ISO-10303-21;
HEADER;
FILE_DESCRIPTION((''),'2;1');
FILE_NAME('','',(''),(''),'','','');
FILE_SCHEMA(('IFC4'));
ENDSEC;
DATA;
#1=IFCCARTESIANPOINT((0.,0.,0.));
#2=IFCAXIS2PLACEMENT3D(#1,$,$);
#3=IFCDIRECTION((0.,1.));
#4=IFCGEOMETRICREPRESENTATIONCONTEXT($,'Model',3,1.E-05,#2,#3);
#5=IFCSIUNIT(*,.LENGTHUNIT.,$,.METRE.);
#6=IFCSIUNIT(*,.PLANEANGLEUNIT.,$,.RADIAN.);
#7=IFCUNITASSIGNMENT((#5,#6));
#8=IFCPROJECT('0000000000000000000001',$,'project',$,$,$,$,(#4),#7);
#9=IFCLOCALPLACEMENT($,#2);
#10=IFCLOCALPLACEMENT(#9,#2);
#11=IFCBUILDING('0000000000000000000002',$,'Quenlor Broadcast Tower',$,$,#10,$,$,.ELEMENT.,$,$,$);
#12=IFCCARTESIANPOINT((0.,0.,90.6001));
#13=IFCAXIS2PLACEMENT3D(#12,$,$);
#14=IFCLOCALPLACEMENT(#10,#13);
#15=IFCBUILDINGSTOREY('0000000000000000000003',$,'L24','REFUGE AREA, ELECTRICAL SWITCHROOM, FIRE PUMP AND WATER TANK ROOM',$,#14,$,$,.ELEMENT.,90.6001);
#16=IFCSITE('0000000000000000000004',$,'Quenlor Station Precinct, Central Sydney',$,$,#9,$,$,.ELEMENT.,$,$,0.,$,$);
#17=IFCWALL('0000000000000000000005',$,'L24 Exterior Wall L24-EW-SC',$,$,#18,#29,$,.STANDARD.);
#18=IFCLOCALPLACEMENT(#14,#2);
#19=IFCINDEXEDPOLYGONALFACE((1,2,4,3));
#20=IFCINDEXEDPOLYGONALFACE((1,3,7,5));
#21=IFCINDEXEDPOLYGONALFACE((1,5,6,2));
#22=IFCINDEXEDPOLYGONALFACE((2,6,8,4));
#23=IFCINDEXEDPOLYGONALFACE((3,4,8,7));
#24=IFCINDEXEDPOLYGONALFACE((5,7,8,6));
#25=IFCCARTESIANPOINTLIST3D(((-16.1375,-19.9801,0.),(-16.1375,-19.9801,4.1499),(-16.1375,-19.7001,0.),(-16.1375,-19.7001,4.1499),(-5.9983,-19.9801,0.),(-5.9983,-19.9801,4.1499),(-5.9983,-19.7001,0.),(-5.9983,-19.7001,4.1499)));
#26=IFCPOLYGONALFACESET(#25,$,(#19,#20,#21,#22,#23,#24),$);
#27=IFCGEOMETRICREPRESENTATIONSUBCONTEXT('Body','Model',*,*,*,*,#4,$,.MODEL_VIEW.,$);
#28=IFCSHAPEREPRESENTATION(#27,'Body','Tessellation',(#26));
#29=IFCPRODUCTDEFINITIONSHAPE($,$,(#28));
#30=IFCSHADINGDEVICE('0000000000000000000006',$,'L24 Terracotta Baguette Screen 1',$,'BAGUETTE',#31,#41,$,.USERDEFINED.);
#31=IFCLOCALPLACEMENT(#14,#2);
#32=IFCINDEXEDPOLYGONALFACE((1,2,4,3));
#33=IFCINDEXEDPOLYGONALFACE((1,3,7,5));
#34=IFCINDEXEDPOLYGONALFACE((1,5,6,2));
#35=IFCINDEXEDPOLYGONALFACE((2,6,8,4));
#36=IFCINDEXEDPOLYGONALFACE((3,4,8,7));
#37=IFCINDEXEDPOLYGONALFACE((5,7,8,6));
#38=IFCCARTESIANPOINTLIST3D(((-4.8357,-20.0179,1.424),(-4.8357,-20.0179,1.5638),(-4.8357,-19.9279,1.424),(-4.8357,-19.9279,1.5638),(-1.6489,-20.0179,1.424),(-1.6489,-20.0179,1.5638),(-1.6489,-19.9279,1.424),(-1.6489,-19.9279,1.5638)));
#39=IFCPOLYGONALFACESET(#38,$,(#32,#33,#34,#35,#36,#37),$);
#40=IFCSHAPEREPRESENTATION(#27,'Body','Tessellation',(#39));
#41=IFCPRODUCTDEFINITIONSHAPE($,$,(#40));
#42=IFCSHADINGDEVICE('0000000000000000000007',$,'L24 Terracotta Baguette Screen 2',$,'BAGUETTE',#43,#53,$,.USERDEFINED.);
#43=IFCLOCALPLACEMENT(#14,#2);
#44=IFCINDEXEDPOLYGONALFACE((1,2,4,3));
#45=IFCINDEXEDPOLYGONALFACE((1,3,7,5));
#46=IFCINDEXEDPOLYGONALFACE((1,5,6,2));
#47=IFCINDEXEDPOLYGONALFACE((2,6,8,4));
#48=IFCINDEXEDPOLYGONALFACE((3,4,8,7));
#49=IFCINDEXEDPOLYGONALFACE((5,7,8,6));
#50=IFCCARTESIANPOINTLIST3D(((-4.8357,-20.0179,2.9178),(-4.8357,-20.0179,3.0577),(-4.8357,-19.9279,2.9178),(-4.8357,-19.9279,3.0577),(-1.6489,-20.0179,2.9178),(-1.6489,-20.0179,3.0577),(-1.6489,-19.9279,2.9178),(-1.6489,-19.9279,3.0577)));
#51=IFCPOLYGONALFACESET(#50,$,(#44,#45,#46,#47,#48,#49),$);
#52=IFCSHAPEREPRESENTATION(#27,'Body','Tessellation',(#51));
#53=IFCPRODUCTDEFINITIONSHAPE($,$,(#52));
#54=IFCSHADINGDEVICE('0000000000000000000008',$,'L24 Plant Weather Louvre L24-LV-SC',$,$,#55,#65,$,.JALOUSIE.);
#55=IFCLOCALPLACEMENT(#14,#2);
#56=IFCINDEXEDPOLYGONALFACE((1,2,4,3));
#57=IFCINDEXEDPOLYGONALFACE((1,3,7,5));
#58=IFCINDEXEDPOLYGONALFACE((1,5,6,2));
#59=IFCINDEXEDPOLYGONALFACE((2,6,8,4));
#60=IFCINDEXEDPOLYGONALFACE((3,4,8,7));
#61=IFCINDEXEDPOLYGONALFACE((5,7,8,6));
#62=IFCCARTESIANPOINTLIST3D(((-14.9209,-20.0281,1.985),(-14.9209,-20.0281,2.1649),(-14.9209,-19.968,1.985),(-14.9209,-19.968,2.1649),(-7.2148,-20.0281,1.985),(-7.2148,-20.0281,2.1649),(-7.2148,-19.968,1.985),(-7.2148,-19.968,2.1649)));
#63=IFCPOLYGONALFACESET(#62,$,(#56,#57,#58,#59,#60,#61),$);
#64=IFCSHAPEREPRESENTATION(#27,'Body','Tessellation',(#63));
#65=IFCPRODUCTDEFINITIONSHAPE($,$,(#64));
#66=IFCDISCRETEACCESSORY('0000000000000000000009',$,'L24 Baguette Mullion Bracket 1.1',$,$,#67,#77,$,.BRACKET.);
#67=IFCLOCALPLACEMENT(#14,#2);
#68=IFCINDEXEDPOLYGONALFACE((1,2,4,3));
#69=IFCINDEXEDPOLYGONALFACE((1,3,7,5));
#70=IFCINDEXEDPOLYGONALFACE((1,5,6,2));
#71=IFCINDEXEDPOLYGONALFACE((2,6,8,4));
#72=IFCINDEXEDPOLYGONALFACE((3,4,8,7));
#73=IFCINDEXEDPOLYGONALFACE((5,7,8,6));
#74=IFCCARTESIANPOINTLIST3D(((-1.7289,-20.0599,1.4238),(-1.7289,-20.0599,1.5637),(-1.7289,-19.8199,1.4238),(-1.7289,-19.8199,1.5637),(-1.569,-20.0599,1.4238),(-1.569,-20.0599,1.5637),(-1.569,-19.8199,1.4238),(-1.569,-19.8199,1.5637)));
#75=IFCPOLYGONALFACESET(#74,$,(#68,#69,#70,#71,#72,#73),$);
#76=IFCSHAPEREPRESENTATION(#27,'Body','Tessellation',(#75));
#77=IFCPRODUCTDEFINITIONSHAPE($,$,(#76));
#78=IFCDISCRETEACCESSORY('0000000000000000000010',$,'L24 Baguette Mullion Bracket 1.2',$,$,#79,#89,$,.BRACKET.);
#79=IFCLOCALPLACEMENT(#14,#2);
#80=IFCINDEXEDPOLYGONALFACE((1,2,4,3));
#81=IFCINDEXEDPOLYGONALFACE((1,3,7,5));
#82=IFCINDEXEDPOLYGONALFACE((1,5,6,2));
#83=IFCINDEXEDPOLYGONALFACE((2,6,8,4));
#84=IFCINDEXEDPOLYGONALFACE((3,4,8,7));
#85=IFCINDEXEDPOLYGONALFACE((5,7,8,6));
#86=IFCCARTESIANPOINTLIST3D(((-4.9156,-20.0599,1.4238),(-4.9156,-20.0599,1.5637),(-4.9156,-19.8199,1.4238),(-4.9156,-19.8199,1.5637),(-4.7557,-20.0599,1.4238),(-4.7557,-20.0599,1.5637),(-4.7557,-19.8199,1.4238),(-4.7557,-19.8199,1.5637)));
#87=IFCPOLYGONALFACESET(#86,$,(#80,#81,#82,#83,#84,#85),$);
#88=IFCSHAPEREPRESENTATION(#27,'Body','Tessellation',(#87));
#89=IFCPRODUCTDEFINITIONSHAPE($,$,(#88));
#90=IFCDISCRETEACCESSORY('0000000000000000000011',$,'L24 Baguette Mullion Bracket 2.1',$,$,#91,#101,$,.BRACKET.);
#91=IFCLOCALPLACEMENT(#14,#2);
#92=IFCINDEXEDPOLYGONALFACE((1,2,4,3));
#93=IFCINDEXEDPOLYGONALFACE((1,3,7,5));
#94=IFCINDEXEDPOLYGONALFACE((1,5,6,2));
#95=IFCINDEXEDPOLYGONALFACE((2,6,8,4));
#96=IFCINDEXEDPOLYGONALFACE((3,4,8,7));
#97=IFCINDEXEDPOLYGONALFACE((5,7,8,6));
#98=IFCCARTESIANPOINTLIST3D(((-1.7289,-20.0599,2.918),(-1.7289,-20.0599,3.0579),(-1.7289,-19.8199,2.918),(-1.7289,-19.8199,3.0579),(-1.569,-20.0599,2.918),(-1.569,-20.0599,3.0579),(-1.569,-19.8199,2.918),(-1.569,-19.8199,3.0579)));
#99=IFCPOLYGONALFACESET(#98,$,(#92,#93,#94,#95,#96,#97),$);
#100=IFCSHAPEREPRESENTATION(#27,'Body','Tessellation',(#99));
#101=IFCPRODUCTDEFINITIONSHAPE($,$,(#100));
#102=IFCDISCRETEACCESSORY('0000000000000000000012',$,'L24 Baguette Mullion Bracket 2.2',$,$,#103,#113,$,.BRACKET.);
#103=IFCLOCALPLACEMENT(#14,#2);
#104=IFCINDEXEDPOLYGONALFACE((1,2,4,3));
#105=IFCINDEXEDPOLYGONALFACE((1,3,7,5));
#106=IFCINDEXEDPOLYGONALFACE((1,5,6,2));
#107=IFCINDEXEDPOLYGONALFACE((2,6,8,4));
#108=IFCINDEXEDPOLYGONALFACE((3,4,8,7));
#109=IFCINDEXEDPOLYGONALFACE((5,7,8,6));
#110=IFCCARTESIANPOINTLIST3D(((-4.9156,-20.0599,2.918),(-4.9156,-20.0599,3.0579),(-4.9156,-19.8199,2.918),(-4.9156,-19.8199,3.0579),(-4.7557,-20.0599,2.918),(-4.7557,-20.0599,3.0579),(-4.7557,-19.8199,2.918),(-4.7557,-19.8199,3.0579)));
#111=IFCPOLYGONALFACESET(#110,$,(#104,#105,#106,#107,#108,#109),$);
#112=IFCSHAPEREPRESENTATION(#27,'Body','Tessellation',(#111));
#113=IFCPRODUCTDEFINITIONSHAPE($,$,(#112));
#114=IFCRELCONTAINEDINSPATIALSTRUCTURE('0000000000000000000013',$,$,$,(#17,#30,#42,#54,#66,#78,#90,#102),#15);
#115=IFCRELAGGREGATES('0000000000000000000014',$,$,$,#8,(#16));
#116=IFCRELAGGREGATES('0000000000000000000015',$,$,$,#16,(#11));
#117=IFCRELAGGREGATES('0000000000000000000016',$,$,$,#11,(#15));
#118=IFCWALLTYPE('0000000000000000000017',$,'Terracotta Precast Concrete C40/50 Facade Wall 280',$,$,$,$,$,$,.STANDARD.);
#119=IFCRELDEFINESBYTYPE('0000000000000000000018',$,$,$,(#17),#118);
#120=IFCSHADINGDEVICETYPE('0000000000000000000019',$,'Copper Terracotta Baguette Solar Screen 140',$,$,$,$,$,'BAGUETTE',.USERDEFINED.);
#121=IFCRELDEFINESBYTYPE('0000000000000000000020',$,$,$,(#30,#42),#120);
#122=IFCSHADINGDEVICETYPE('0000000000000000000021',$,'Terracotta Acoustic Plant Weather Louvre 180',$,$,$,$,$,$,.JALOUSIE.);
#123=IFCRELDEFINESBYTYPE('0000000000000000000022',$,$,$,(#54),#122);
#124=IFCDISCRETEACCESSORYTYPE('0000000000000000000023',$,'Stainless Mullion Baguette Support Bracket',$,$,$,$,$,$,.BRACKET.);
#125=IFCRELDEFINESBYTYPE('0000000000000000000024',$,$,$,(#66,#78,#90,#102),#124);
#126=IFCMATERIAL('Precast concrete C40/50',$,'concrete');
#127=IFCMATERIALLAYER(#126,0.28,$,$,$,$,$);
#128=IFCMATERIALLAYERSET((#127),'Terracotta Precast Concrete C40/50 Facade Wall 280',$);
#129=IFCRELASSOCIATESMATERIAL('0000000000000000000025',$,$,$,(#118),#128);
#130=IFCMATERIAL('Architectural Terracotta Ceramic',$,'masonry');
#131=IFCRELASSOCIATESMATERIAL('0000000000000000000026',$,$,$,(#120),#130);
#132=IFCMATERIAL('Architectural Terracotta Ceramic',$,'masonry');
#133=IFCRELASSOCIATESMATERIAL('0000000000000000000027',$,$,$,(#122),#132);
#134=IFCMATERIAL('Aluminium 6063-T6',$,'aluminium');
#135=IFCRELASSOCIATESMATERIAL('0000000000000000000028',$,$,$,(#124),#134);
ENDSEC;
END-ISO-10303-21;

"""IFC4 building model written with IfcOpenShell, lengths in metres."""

from ifc_helpers import new_model, si_unit, direction, frame, frame_2d, origin, origin_2d, place, context, subcontext, project, spatial, rectangle, extrude, material, layer, layer_set, material_profile, profile_set, type_object, element, save


model = new_model("IFC4")

# Units and contexts
model_context = context("Model", 3, precision=1e-05, world=origin(), true_north=direction((0.0, 1.0)))
body_context = subcontext(model_context, "Body", "Model", "MODEL_VIEW")
ifc_project = project(units=[si_unit("LENGTHUNIT", "METRE"), si_unit("PLANEANGLEUNIT", "RADIAN")], contexts=[model_context])

# Site, building, storey
site_placement = place(None, origin())
site = spatial("IfcSite", under=ifc_project, at=site_placement, Name="Quenlor Station Precinct, Central Sydney", CompositionType="ELEMENT", RefElevation=0.0)
building_placement = place(site_placement, origin())
building = spatial("IfcBuilding", under=site, at=building_placement, Name="Quenlor Broadcast Tower", CompositionType="ELEMENT")
storey_placement = place(building_placement, frame((0.0, 0.0, 90.6001)))
storey = spatial("IfcBuildingStorey", under=building, at=storey_placement, Name="L24", Description="REFUGE AREA, ELECTRICAL SWITCHROOM, FIRE PUMP AND WATER TANK ROOM", CompositionType="ELEMENT", Elevation=90.6001)

# Wall
ifc_material_1 = material(Name="Precast concrete C40/50", Category="concrete")
ifc_layer_1 = layer(ifc_material_1, 0.28)
ifc_layer_set_1 = layer_set([ifc_layer_1], Name="Terracotta Precast Concrete C40/50 Facade Wall 280")
wall_type = type_object("IfcWallType", Name="Terracotta Precast Concrete C40/50 Facade Wall 280", PredefinedType="STANDARD", material=ifc_layer_set_1)
wall_placement = place(storey_placement, frame((-5.9983, -19.8401, 0.0), z_axis=(0.0, 0.0, 1.0), x_axis=(-1.0, 0.0, 0.0)))
element("IfcWall", 1, at=wall_placement, inside=storey, type_object=wall_type, Name="L24 Exterior Wall L24-EW-SC", PredefinedType="STANDARD", context=body_context, shape_type="SweptSolid", body=[
    extrude(rectangle(XDim=10.1392, YDim=0.28, at=frame_2d((5.0696, 0.0))), origin(), (0.0, 0.0, 1.0), 4.1499),
])

# Shading devices
ifc_material_2 = material(Name="Architectural Terracotta Ceramic", Category="masonry")
ifc_material_profile_1 = material_profile(ifc_material_2, rectangle(XDim=0.0901, YDim=0.1399, at=origin_2d()))
ifc_profile_set_1 = profile_set([ifc_material_profile_1], Name="Architectural Terracotta Ceramic BAG90x140")
shading_device_type_1 = type_object("IfcShadingDeviceType", Name="Copper Terracotta Baguette Solar Screen 140", ElementType="BAGUETTE", PredefinedType="USERDEFINED", material=ifc_profile_set_1)
for number, where, z_axis, x_axis, name in (
    (2, (-1.6489, -19.9729, 1.4939), (-1.0, 0.0, 0.0), (0.0, -1.0, 0.0), "L24 Terracotta Baguette Screen 1"),
    (3, (-1.6489, -19.9729, 2.9878), (-1.0, 0.0, 0.0), (0.0, -1.0, 0.0), "L24 Terracotta Baguette Screen 2"),
):
    element("IfcShadingDevice", number, at=place(storey_placement, frame(where, z_axis=z_axis, x_axis=x_axis)), inside=storey, type_object=shading_device_type_1, Name=name, ObjectType="BAGUETTE", PredefinedType="USERDEFINED", context=body_context, shape_type="SweptSolid", body=[
        extrude(rectangle(XDim=0.0901, YDim=0.1399, at=origin_2d()), origin(), (0.0, 0.0, 1.0), 3.1868),
    ])
ifc_material_3 = material(Name="Architectural Terracotta Ceramic", Category="masonry")
ifc_material_profile_2 = material_profile(ifc_material_3, rectangle(XDim=0.0601, YDim=0.1799, at=origin_2d()))
ifc_profile_set_2 = profile_set([ifc_material_profile_2], Name="Architectural Terracotta Ceramic LVR60x180")
shading_device_type_2 = type_object("IfcShadingDeviceType", Name="Terracotta Acoustic Plant Weather Louvre 180", PredefinedType="JALOUSIE", material=ifc_profile_set_2)
shading_device_placement = place(storey_placement, frame((-7.2148, -19.998, 2.075), z_axis=(-1.0, 0.0, 0.0), x_axis=(0.0, -1.0, 0.0)))
element("IfcShadingDevice", 4, at=shading_device_placement, inside=storey, type_object=shading_device_type_2, Name="L24 Plant Weather Louvre L24-LV-SC", PredefinedType="JALOUSIE", context=body_context, shape_type="SweptSolid", body=[
    extrude(rectangle(XDim=0.0601, YDim=0.1799, at=origin_2d()), origin(), (0.0, 0.0, 1.0), 7.7061),
])

# Discrete accessories
ifc_material_4 = material(Name="Aluminium 6063-T6", Category="aluminium")
discrete_accessory_type = type_object("IfcDiscreteAccessoryType", Name="Stainless Mullion Baguette Support Bracket", PredefinedType="BRACKET", material=ifc_material_4)
for number, where, z_axis, x_axis, name in (
    (5, (-1.6489, -19.9399, 1.4238), (0.0, 0.0, 1.0), (-1.0, 0.0, 0.0), "L24 Baguette Mullion Bracket 1.1"),
    (6, (-4.8357, -19.9399, 1.4238), (0.0, 0.0, 1.0), (-1.0, 0.0, 0.0), "L24 Baguette Mullion Bracket 1.2"),
    (7, (-1.6489, -19.9399, 2.918), (0.0, 0.0, 1.0), (-1.0, 0.0, 0.0), "L24 Baguette Mullion Bracket 2.1"),
    (8, (-4.8357, -19.9399, 2.918), (0.0, 0.0, 1.0), (-1.0, 0.0, 0.0), "L24 Baguette Mullion Bracket 2.2"),
):
    element("IfcDiscreteAccessory", number, at=place(storey_placement, frame(where, z_axis=z_axis, x_axis=x_axis)), inside=storey, type_object=discrete_accessory_type, Name=name, PredefinedType="BRACKET", context=body_context, shape_type="SweptSolid", body=[
        extrude(rectangle(XDim=0.1599, YDim=0.24, at=origin_2d()), origin(), (0.0, 0.0, 1.0), 0.1399),
    ])

save(model, "model.ifc")
